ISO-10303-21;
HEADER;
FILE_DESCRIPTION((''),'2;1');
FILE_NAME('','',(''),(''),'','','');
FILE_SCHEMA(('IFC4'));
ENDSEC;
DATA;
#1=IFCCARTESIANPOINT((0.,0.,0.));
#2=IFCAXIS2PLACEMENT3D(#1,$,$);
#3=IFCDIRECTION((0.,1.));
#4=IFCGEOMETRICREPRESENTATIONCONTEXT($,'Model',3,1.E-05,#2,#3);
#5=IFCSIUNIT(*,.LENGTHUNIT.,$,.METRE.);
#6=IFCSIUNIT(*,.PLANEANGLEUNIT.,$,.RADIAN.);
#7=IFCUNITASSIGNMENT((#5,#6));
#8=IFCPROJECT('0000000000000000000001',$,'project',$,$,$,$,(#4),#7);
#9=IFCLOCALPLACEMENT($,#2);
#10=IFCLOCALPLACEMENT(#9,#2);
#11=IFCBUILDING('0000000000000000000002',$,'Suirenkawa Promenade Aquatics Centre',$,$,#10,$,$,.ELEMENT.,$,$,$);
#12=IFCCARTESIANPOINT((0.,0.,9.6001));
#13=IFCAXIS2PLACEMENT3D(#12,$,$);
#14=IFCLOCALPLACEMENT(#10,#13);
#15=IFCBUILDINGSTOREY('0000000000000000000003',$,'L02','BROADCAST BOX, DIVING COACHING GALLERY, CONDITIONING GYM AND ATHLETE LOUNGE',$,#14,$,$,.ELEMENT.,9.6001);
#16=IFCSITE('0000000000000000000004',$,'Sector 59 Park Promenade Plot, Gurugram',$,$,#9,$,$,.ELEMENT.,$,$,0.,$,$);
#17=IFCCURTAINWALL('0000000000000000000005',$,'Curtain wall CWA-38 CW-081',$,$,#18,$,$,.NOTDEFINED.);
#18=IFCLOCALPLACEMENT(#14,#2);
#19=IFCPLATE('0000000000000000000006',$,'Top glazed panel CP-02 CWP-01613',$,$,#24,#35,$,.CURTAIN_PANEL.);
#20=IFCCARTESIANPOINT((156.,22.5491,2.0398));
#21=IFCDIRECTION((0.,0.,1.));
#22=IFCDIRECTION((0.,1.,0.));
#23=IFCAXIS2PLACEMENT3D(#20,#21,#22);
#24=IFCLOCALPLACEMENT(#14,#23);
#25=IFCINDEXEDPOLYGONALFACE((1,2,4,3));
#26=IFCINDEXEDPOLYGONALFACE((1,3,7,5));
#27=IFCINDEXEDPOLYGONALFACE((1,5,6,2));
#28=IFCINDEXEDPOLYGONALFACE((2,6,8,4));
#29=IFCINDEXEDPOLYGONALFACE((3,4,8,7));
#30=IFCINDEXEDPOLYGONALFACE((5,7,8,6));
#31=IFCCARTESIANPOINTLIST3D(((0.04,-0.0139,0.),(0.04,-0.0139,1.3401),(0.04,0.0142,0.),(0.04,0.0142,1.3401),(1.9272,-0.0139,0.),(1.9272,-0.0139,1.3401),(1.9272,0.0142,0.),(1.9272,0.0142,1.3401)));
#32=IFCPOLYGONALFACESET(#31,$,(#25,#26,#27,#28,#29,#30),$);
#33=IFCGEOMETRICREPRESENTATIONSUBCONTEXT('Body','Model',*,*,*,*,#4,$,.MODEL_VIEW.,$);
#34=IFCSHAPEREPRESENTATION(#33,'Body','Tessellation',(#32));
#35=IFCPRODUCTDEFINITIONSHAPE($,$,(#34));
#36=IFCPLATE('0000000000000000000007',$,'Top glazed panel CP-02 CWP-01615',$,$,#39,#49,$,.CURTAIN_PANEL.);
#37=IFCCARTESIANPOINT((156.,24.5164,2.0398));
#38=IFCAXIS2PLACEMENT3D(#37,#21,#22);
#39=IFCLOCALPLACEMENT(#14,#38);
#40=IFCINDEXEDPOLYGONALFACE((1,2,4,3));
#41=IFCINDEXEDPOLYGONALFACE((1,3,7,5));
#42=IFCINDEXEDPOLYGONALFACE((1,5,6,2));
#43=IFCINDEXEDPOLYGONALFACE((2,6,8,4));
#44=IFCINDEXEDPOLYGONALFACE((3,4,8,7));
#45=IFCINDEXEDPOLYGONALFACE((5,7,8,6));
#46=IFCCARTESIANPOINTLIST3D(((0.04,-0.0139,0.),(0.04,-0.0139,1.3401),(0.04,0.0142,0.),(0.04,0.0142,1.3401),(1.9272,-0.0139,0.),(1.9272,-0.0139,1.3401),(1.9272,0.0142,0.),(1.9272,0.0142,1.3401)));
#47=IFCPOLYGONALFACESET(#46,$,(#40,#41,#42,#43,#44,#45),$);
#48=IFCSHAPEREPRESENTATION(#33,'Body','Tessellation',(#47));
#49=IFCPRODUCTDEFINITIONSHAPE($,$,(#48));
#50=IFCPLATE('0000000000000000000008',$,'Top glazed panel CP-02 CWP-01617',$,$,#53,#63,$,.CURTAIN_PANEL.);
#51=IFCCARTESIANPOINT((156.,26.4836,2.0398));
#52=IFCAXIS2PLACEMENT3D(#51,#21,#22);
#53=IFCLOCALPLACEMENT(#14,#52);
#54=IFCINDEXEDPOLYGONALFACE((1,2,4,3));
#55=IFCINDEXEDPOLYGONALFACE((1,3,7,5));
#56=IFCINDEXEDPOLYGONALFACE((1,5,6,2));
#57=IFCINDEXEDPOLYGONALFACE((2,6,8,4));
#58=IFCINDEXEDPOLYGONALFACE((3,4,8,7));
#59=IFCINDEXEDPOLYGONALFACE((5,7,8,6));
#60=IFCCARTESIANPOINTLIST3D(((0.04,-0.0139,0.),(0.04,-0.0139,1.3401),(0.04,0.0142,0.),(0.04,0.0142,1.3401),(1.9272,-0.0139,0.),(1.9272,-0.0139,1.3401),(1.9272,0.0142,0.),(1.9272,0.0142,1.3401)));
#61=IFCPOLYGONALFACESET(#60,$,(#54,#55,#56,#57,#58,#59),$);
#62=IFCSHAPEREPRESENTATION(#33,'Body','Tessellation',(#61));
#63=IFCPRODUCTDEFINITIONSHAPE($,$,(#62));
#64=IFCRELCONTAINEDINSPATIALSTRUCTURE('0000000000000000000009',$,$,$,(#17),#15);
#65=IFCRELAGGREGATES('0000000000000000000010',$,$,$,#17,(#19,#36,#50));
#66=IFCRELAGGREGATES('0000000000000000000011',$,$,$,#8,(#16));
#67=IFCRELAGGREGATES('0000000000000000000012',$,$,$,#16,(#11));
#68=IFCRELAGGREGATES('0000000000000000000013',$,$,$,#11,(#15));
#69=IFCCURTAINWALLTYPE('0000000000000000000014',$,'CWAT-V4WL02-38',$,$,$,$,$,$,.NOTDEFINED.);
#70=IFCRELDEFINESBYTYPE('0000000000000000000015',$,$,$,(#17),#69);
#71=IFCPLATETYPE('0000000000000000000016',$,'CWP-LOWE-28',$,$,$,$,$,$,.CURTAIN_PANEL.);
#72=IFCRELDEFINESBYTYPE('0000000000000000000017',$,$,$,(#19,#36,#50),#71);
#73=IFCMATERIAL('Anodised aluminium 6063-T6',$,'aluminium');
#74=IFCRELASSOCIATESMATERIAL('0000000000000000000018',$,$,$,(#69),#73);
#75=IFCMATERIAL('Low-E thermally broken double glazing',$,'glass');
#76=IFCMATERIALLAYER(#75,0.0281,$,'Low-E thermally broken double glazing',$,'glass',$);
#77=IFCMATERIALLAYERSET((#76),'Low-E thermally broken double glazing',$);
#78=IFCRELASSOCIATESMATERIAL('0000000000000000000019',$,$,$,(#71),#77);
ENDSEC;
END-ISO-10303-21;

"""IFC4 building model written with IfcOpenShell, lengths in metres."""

from ifc_helpers import new_model, si_unit, direction, frame, origin, place, context, subcontext, project, spatial, polyline, outline, extrude, material, layer, layer_set, type_object, element, aggregate, save


model = new_model("IFC4")

# Units and contexts
model_context = context("Model", 3, precision=1e-05, world=origin(), true_north=direction((0.0, 1.0)))
body_context = subcontext(model_context, "Body", "Model", "MODEL_VIEW")
ifc_project = project(units=[si_unit("LENGTHUNIT", "METRE"), si_unit("PLANEANGLEUNIT", "RADIAN")], contexts=[model_context])

# Site, building, storey
site_placement = place(None, origin())
site = spatial("IfcSite", under=ifc_project, at=site_placement, Name="Sector 59 Park Promenade Plot, Gurugram", CompositionType="ELEMENT", RefElevation=0.0)
building_placement = place(site_placement, origin())
building = spatial("IfcBuilding", under=site, at=building_placement, Name="Suirenkawa Promenade Aquatics Centre", CompositionType="ELEMENT")
storey_placement = place(building_placement, frame((0.0, 0.0, 9.6001)))
storey = spatial("IfcBuildingStorey", under=building, at=storey_placement, Name="L02", Description="BROADCAST BOX, DIVING COACHING GALLERY, CONDITIONING GYM AND ATHLETE LOUNGE", CompositionType="ELEMENT", Elevation=9.6001)

# Curtain wall
ifc_material_1 = material(Name="Anodised aluminium 6063-T6", Category="aluminium")
curtain_wall_type_1 = type_object("IfcCurtainWallType", Name="CWAT-V4WL02-38", PredefinedType="NOTDEFINED", material=ifc_material_1)
curtain_wall_1_placement = place(storey_placement, origin())
curtain_wall_1 = element("IfcCurtainWall", 1, at=curtain_wall_1_placement, inside=storey, type_object=curtain_wall_type_1, Name="Curtain wall CWA-38 CW-081", PredefinedType="NOTDEFINED")

# Plates
ifc_material_2 = material(Name="Low-E thermally broken double glazing", Category="glass")
ifc_layer_1 = layer(ifc_material_2, 0.0281, Name="Low-E thermally broken double glazing", Category="glass")
ifc_layer_set_1 = layer_set([ifc_layer_1], Name="Low-E thermally broken double glazing")
plate_type_1 = type_object("IfcPlateType", Name="CWP-LOWE-28", PredefinedType="CURTAIN_PANEL", material=ifc_layer_set_1)
plate_1_placement = place(storey_placement, frame((156.0, 22.5491, 2.0398), z_axis=(0.0, 0.0, 1.0), x_axis=(0.0, 1.0, 0.0)))
plate_1 = element("IfcPlate", 2, at=plate_1_placement, type_object=plate_type_1, Name="Top glazed panel CP-02 CWP-01613", PredefinedType="CURTAIN_PANEL", context=body_context, shape_type="SweptSolid", body=[
    extrude(outline(polyline([(0.04, 0.0), (1.9272, 0.0), (1.9272, 1.3401), (0.04, 1.3401), (0.04, 0.0)])), frame((0.0, 0.0142, 0.0), z_axis=(0.0, -1.0, 0.0), x_axis=(1.0, 0.0, 0.0)), (0.0, 0.0, 1.0), 0.0281),
])
plate_2_placement = place(storey_placement, frame((156.0, 24.5164, 2.0398), z_axis=(0.0, 0.0, 1.0), x_axis=(0.0, 1.0, 0.0)))
plate_2 = element("IfcPlate", 3, at=plate_2_placement, type_object=plate_type_1, Name="Top glazed panel CP-02 CWP-01615", PredefinedType="CURTAIN_PANEL", context=body_context, shape_type="SweptSolid", body=[
    extrude(outline(polyline([(0.04, 0.0), (1.9272, 0.0), (1.9272, 1.3401), (0.04, 1.3401), (0.04, 0.0)])), frame((0.0, 0.0142, 0.0), z_axis=(0.0, -1.0, 0.0), x_axis=(1.0, 0.0, 0.0)), (0.0, 0.0, 1.0), 0.0281),
])
plate_3_placement = place(storey_placement, frame((156.0, 26.4836, 2.0398), z_axis=(0.0, 0.0, 1.0), x_axis=(0.0, 1.0, 0.0)))
plate_3 = element("IfcPlate", 4, at=plate_3_placement, type_object=plate_type_1, Name="Top glazed panel CP-02 CWP-01617", PredefinedType="CURTAIN_PANEL", context=body_context, shape_type="SweptSolid", body=[
    extrude(outline(polyline([(0.04, 0.0), (1.9272, 0.0), (1.9272, 1.3401), (0.04, 1.3401), (0.04, 0.0)])), frame((0.0, 0.0142, 0.0), z_axis=(0.0, -1.0, 0.0), x_axis=(1.0, 0.0, 0.0)), (0.0, 0.0, 1.0), 0.0281),
])
aggregate(curtain_wall_1, [plate_1, plate_2, plate_3])

save(model, "model.ifc")
